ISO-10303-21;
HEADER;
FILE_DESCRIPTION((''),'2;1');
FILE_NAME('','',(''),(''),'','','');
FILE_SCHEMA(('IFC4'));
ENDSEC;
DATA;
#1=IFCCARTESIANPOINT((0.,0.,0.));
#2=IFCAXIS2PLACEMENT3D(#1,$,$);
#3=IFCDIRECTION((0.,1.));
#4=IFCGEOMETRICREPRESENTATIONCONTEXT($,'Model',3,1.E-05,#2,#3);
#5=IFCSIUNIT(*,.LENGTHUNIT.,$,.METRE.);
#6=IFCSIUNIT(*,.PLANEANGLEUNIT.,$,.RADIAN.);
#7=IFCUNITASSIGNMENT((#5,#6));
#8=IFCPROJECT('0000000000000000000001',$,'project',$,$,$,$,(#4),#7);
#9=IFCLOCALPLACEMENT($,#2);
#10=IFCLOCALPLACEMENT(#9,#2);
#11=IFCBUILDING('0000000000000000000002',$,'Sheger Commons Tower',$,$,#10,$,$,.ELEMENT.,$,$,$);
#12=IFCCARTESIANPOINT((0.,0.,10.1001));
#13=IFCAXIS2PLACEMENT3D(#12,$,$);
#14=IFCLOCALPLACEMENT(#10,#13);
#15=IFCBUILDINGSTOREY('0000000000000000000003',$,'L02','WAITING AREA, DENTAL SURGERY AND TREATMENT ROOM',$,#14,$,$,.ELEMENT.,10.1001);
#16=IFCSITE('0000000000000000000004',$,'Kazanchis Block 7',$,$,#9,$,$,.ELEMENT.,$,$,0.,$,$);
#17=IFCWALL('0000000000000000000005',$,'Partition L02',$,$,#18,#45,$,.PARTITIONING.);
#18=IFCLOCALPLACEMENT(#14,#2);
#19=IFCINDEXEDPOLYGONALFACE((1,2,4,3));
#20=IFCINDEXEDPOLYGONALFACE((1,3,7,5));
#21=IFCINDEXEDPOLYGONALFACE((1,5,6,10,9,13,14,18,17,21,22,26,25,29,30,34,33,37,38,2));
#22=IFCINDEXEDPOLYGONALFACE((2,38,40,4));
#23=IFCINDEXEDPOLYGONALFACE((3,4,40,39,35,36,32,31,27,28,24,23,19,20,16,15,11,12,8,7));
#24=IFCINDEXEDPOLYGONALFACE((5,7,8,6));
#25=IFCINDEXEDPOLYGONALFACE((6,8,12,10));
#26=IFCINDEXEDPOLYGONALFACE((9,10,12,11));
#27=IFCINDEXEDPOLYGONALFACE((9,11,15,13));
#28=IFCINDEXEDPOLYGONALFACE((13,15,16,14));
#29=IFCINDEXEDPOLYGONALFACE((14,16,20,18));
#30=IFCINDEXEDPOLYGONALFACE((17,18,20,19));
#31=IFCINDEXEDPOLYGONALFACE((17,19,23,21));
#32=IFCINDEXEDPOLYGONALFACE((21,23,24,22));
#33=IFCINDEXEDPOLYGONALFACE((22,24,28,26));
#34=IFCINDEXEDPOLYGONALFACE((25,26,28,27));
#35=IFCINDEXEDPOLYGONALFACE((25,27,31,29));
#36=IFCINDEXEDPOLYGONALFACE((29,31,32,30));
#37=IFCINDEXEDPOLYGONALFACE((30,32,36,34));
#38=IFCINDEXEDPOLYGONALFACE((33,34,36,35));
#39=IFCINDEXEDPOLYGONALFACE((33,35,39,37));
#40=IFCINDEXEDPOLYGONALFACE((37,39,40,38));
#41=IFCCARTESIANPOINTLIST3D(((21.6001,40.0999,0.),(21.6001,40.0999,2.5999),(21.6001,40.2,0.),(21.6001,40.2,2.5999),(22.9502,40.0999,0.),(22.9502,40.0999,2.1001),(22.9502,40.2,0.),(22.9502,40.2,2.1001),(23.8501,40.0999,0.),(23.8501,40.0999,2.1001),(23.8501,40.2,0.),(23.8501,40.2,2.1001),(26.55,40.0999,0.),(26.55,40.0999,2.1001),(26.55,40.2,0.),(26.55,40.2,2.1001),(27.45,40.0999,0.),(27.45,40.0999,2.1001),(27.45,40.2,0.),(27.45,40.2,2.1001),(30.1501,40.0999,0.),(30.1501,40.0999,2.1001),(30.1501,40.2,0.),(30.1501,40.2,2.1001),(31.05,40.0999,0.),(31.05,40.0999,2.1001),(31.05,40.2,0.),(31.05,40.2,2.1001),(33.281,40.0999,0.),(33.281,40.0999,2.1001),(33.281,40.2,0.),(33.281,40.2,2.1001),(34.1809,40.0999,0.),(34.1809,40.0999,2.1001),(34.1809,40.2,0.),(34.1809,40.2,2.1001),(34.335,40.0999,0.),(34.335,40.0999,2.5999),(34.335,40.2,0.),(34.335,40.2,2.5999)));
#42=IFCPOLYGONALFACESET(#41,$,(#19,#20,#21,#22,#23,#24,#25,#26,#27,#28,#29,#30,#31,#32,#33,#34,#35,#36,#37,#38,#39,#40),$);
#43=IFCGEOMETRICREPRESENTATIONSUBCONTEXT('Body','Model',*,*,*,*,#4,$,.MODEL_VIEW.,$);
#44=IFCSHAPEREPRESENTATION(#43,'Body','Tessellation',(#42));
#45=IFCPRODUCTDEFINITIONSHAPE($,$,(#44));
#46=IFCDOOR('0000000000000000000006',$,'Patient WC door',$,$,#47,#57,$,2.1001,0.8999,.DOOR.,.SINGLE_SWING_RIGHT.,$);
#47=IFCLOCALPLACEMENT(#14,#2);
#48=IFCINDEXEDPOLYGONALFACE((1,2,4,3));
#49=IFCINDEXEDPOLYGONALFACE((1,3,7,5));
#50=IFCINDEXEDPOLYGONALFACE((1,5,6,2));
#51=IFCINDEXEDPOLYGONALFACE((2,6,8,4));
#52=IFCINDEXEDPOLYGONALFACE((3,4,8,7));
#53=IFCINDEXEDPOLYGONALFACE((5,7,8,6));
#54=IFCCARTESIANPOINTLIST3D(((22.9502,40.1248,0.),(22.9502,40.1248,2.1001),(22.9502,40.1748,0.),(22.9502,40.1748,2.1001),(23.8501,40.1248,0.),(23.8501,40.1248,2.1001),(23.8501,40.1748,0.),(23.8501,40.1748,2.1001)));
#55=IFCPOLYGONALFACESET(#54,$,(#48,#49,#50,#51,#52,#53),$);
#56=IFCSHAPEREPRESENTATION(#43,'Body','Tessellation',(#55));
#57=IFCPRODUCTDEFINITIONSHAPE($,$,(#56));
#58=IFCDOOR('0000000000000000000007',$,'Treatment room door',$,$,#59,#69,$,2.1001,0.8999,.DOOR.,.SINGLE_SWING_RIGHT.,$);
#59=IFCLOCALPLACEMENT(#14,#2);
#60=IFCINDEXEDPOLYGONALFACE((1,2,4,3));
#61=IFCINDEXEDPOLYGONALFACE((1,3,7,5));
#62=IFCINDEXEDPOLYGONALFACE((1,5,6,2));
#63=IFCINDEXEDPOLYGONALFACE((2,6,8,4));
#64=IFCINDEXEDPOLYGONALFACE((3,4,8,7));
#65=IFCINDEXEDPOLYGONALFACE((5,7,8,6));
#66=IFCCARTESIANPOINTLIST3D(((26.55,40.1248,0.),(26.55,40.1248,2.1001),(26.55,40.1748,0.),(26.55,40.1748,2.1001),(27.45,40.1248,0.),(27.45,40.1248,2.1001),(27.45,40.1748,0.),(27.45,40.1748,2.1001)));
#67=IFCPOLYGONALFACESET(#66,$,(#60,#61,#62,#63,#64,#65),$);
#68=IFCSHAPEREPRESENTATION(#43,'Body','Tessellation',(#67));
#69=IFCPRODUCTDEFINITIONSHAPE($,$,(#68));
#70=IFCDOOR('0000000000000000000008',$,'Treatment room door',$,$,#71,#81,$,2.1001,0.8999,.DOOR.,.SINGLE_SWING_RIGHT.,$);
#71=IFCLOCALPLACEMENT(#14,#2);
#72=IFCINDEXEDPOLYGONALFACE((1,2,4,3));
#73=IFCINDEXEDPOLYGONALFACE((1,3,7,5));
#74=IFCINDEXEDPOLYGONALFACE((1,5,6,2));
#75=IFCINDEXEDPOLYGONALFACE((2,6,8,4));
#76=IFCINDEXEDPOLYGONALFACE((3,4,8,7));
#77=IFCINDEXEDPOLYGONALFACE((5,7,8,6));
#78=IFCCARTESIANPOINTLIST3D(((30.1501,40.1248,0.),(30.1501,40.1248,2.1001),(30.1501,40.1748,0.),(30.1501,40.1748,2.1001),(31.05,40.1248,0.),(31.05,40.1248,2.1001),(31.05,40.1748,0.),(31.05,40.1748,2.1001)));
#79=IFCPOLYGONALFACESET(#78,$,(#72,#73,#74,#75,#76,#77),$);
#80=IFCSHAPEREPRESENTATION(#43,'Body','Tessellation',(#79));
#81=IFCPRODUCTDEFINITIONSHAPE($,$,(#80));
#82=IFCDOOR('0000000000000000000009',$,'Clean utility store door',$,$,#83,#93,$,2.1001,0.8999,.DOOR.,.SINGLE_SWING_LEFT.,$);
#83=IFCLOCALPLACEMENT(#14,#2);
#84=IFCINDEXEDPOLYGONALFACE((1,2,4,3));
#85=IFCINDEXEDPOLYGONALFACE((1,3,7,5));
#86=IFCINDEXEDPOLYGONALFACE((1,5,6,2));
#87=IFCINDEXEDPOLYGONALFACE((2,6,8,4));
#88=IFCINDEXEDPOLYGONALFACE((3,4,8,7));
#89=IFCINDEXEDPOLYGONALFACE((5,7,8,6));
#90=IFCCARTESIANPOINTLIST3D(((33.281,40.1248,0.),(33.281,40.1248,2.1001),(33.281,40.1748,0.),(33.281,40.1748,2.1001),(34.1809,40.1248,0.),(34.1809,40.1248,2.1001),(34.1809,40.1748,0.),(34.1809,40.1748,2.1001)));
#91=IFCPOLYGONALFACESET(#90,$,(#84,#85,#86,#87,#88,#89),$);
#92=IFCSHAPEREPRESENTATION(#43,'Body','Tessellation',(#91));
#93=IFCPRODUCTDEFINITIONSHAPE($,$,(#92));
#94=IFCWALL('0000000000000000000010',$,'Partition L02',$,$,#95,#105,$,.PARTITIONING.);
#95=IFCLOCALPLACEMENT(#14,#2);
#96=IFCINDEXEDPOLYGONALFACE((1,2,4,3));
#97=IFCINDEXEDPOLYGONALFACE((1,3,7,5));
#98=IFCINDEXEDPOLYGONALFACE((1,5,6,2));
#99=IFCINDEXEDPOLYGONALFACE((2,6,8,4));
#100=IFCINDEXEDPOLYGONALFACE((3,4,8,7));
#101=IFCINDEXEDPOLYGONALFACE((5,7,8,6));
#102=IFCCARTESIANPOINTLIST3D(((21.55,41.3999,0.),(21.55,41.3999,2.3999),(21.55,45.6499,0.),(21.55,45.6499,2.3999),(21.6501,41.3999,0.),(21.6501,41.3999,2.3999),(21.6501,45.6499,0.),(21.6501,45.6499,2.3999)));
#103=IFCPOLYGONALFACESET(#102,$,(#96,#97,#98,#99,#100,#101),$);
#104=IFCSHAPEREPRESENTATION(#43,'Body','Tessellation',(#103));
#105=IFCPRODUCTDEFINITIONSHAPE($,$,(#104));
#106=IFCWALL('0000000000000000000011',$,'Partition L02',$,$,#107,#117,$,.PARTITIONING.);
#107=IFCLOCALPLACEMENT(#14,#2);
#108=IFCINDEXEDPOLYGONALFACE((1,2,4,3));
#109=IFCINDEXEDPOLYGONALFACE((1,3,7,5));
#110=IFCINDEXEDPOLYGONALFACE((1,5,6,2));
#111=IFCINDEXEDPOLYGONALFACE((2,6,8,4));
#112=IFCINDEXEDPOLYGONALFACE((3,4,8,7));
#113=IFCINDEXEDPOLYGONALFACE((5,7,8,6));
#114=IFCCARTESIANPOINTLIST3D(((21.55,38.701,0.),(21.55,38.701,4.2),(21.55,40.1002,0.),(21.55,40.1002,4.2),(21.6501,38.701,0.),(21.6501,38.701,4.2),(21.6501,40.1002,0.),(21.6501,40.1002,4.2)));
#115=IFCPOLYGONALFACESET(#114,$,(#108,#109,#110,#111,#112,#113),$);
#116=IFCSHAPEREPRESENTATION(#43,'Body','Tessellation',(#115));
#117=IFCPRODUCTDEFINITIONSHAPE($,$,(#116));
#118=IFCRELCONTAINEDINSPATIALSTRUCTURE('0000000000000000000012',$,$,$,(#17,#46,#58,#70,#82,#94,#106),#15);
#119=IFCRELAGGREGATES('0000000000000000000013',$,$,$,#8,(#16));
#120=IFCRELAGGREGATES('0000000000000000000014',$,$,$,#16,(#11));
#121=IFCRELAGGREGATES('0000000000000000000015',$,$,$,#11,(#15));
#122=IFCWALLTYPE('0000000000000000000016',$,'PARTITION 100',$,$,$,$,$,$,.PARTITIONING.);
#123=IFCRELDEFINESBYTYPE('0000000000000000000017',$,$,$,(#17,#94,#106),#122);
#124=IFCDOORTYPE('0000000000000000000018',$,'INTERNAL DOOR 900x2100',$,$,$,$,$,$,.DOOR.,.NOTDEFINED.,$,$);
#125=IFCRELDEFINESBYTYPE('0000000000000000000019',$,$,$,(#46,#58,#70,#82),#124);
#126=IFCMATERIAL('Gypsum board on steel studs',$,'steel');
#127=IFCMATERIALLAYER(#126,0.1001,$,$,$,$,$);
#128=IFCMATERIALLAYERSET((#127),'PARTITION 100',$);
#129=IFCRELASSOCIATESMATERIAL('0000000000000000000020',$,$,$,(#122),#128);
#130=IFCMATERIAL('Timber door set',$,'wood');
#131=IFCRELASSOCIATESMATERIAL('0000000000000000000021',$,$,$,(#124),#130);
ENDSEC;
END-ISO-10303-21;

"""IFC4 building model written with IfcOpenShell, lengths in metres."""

from ifc_helpers import new_model, si_unit, direction, frame, frame_2d, origin, place, context, subcontext, project, spatial, rectangle, extrude, material, layer, layer_set, type_object, element, fill, save


model = new_model("IFC4")

# Units and contexts
model_context = context("Model", 3, precision=1e-05, world=origin(), true_north=direction((0.0, 1.0)))
body_context = subcontext(model_context, "Body", "Model", "MODEL_VIEW")
ifc_project = project(units=[si_unit("LENGTHUNIT", "METRE"), si_unit("PLANEANGLEUNIT", "RADIAN")], contexts=[model_context])

# Site, building, storey
site_placement = place(None, origin())
site = spatial("IfcSite", under=ifc_project, at=site_placement, Name="Kazanchis Block 7", CompositionType="ELEMENT", RefElevation=0.0)
building_placement = place(site_placement, origin())
building = spatial("IfcBuilding", under=site, at=building_placement, Name="Sheger Commons Tower", CompositionType="ELEMENT")
storey_placement = place(building_placement, frame((0.0, 0.0, 10.1001)))
storey = spatial("IfcBuildingStorey", under=building, at=storey_placement, Name="L02", Description="WAITING AREA, DENTAL SURGERY AND TREATMENT ROOM", CompositionType="ELEMENT", Elevation=10.1001)

# Wall, openings, doors
ifc_material_1 = material(Name="Gypsum board on steel studs", Category="steel")
ifc_layer_1 = layer(ifc_material_1, 0.1001)
ifc_layer_set_1 = layer_set([ifc_layer_1], Name="PARTITION 100")
wall_type = type_object("IfcWallType", Name="PARTITION 100", PredefinedType="PARTITIONING", material=ifc_layer_set_1)
ifc_material_2 = material(Name="Timber door set", Category="wood")
door_type = type_object("IfcDoorType", Name="INTERNAL DOOR 900x2100", OperationType="NOTDEFINED", PredefinedType="DOOR", material=ifc_material_2)
wall_1_placement = place(storey_placement, frame((21.6001, 40.1499, 0.0), z_axis=(0.0, 0.0, 1.0), x_axis=(1.0, 0.0, 0.0)))
wall_1 = element("IfcWall", 1, at=wall_1_placement, inside=storey, type_object=wall_type, Name="Partition L02", PredefinedType="PARTITIONING", context=body_context, shape_type="SweptSolid", body=[
    extrude(rectangle(XDim=12.7349, YDim=0.1001, at=frame_2d((6.3674, 0.0))), origin(), (0.0, 0.0, 1.0), 2.5999),
])
opening_1_placement = place(wall_1_placement, frame((1.3501, 0.0, 0.0)))
opening_1 = element("IfcOpeningElement", 2, at=opening_1_placement, cuts=wall_1, PredefinedType="OPENING", context=body_context, shape_type="SweptSolid", body=[
    extrude(rectangle(XDim=0.8999, YDim=2.1001, at=frame_2d((0.45, 1.05))), frame((0.0, 0.0601, 0.0), z_axis=(0.0, -1.0, 0.0), x_axis=(1.0, 0.0, 0.0)), (0.0, 0.0, 1.0), 0.1201),
])
opening_2_placement = place(wall_1_placement, frame((4.95, 0.0, 0.0)))
opening_2 = element("IfcOpeningElement", 3, at=opening_2_placement, cuts=wall_1, PredefinedType="OPENING", context=body_context, shape_type="SweptSolid", body=[
    extrude(rectangle(XDim=0.8999, YDim=2.1001, at=frame_2d((0.45, 1.05))), frame((0.0, 0.0601, 0.0), z_axis=(0.0, -1.0, 0.0), x_axis=(1.0, 0.0, 0.0)), (0.0, 0.0, 1.0), 0.1201),
])
opening_3_placement = place(wall_1_placement, frame((8.55, 0.0, 0.0)))
opening_3 = element("IfcOpeningElement", 4, at=opening_3_placement, cuts=wall_1, PredefinedType="OPENING", context=body_context, shape_type="SweptSolid", body=[
    extrude(rectangle(XDim=0.8999, YDim=2.1001, at=frame_2d((0.45, 1.05))), frame((0.0, 0.0601, 0.0), z_axis=(0.0, -1.0, 0.0), x_axis=(1.0, 0.0, 0.0)), (0.0, 0.0, 1.0), 0.1201),
])
opening_4_placement = place(wall_1_placement, frame((11.6809, 0.0, 0.0)))
opening_4 = element("IfcOpeningElement", 5, at=opening_4_placement, cuts=wall_1, PredefinedType="OPENING", context=body_context, shape_type="SweptSolid", body=[
    extrude(rectangle(XDim=0.8999, YDim=2.1001, at=frame_2d((0.45, 1.05))), frame((0.0, 0.0601, 0.0), z_axis=(0.0, -1.0, 0.0), x_axis=(1.0, 0.0, 0.0)), (0.0, 0.0, 1.0), 0.1201),
])
door_1_placement = place(opening_1_placement, origin())
door_1 = element("IfcDoor", 6, at=door_1_placement, inside=storey, type_object=door_type, Name="Patient WC door", OperationType="SINGLE_SWING_RIGHT", OverallHeight=2.1001, OverallWidth=0.8999, PredefinedType="DOOR", context=body_context, shape_type="SweptSolid", body=[
    extrude(rectangle(XDim=0.8999, YDim=2.1001, at=frame_2d((0.45, 1.05))), frame((0.0, 0.0249, 0.0), z_axis=(0.0, -1.0, 0.0), x_axis=(1.0, 0.0, 0.0)), (0.0, 0.0, 1.0), 0.05),
])
fill(opening_1, door_1)
door_2_placement = place(opening_2_placement, origin())
door_2 = element("IfcDoor", 7, at=door_2_placement, inside=storey, type_object=door_type, Name="Treatment room door", OperationType="SINGLE_SWING_RIGHT", OverallHeight=2.1001, OverallWidth=0.8999, PredefinedType="DOOR", context=body_context, shape_type="SweptSolid", body=[
    extrude(rectangle(XDim=0.8999, YDim=2.1001, at=frame_2d((0.45, 1.05))), frame((0.0, 0.0249, 0.0), z_axis=(0.0, -1.0, 0.0), x_axis=(1.0, 0.0, 0.0)), (0.0, 0.0, 1.0), 0.05),
])
fill(opening_2, door_2)
door_3_placement = place(opening_3_placement, origin())
door_3 = element("IfcDoor", 8, at=door_3_placement, inside=storey, type_object=door_type, Name="Treatment room door", OperationType="SINGLE_SWING_RIGHT", OverallHeight=2.1001, OverallWidth=0.8999, PredefinedType="DOOR", context=body_context, shape_type="SweptSolid", body=[
    extrude(rectangle(XDim=0.8999, YDim=2.1001, at=frame_2d((0.45, 1.05))), frame((0.0, 0.0249, 0.0), z_axis=(0.0, -1.0, 0.0), x_axis=(1.0, 0.0, 0.0)), (0.0, 0.0, 1.0), 0.05),
])
fill(opening_3, door_3)
door_4_placement = place(opening_4_placement, origin())
door_4 = element("IfcDoor", 9, at=door_4_placement, inside=storey, type_object=door_type, Name="Clean utility store door", OperationType="SINGLE_SWING_LEFT", OverallHeight=2.1001, OverallWidth=0.8999, PredefinedType="DOOR", context=body_context, shape_type="SweptSolid", body=[
    extrude(rectangle(XDim=0.8999, YDim=2.1001, at=frame_2d((0.45, 1.05))), frame((0.0, 0.0249, 0.0), z_axis=(0.0, -1.0, 0.0), x_axis=(1.0, 0.0, 0.0)), (0.0, 0.0, 1.0), 0.05),
])
fill(opening_4, door_4)

# Walls
wall_2_placement = place(storey_placement, frame((21.6001, 41.3999, 0.0), z_axis=(0.0, 0.0, 1.0), x_axis=(0.0, 1.0, 0.0)))
element("IfcWall", 10, at=wall_2_placement, inside=storey, type_object=wall_type, Name="Partition L02", PredefinedType="PARTITIONING", context=body_context, shape_type="SweptSolid", body=[
    extrude(rectangle(XDim=4.25, YDim=0.1001, at=frame_2d((2.125, 0.0))), origin(), (0.0, 0.0, 1.0), 2.3999),
])
wall_3_placement = place(storey_placement, frame((21.6001, 38.7009, 0.0), z_axis=(0.0, 0.0, 1.0), x_axis=(0.0, 1.0, 0.0)))
element("IfcWall", 11, at=wall_3_placement, inside=storey, type_object=wall_type, Name="Partition L02", PredefinedType="PARTITIONING", context=body_context, shape_type="SweptSolid", body=[
    extrude(rectangle(XDim=1.3992, YDim=0.1001, at=frame_2d((0.6997, 0.0))), origin(), (0.0, 0.0, 1.0), 4.2),
])

save(model, "model.ifc")
